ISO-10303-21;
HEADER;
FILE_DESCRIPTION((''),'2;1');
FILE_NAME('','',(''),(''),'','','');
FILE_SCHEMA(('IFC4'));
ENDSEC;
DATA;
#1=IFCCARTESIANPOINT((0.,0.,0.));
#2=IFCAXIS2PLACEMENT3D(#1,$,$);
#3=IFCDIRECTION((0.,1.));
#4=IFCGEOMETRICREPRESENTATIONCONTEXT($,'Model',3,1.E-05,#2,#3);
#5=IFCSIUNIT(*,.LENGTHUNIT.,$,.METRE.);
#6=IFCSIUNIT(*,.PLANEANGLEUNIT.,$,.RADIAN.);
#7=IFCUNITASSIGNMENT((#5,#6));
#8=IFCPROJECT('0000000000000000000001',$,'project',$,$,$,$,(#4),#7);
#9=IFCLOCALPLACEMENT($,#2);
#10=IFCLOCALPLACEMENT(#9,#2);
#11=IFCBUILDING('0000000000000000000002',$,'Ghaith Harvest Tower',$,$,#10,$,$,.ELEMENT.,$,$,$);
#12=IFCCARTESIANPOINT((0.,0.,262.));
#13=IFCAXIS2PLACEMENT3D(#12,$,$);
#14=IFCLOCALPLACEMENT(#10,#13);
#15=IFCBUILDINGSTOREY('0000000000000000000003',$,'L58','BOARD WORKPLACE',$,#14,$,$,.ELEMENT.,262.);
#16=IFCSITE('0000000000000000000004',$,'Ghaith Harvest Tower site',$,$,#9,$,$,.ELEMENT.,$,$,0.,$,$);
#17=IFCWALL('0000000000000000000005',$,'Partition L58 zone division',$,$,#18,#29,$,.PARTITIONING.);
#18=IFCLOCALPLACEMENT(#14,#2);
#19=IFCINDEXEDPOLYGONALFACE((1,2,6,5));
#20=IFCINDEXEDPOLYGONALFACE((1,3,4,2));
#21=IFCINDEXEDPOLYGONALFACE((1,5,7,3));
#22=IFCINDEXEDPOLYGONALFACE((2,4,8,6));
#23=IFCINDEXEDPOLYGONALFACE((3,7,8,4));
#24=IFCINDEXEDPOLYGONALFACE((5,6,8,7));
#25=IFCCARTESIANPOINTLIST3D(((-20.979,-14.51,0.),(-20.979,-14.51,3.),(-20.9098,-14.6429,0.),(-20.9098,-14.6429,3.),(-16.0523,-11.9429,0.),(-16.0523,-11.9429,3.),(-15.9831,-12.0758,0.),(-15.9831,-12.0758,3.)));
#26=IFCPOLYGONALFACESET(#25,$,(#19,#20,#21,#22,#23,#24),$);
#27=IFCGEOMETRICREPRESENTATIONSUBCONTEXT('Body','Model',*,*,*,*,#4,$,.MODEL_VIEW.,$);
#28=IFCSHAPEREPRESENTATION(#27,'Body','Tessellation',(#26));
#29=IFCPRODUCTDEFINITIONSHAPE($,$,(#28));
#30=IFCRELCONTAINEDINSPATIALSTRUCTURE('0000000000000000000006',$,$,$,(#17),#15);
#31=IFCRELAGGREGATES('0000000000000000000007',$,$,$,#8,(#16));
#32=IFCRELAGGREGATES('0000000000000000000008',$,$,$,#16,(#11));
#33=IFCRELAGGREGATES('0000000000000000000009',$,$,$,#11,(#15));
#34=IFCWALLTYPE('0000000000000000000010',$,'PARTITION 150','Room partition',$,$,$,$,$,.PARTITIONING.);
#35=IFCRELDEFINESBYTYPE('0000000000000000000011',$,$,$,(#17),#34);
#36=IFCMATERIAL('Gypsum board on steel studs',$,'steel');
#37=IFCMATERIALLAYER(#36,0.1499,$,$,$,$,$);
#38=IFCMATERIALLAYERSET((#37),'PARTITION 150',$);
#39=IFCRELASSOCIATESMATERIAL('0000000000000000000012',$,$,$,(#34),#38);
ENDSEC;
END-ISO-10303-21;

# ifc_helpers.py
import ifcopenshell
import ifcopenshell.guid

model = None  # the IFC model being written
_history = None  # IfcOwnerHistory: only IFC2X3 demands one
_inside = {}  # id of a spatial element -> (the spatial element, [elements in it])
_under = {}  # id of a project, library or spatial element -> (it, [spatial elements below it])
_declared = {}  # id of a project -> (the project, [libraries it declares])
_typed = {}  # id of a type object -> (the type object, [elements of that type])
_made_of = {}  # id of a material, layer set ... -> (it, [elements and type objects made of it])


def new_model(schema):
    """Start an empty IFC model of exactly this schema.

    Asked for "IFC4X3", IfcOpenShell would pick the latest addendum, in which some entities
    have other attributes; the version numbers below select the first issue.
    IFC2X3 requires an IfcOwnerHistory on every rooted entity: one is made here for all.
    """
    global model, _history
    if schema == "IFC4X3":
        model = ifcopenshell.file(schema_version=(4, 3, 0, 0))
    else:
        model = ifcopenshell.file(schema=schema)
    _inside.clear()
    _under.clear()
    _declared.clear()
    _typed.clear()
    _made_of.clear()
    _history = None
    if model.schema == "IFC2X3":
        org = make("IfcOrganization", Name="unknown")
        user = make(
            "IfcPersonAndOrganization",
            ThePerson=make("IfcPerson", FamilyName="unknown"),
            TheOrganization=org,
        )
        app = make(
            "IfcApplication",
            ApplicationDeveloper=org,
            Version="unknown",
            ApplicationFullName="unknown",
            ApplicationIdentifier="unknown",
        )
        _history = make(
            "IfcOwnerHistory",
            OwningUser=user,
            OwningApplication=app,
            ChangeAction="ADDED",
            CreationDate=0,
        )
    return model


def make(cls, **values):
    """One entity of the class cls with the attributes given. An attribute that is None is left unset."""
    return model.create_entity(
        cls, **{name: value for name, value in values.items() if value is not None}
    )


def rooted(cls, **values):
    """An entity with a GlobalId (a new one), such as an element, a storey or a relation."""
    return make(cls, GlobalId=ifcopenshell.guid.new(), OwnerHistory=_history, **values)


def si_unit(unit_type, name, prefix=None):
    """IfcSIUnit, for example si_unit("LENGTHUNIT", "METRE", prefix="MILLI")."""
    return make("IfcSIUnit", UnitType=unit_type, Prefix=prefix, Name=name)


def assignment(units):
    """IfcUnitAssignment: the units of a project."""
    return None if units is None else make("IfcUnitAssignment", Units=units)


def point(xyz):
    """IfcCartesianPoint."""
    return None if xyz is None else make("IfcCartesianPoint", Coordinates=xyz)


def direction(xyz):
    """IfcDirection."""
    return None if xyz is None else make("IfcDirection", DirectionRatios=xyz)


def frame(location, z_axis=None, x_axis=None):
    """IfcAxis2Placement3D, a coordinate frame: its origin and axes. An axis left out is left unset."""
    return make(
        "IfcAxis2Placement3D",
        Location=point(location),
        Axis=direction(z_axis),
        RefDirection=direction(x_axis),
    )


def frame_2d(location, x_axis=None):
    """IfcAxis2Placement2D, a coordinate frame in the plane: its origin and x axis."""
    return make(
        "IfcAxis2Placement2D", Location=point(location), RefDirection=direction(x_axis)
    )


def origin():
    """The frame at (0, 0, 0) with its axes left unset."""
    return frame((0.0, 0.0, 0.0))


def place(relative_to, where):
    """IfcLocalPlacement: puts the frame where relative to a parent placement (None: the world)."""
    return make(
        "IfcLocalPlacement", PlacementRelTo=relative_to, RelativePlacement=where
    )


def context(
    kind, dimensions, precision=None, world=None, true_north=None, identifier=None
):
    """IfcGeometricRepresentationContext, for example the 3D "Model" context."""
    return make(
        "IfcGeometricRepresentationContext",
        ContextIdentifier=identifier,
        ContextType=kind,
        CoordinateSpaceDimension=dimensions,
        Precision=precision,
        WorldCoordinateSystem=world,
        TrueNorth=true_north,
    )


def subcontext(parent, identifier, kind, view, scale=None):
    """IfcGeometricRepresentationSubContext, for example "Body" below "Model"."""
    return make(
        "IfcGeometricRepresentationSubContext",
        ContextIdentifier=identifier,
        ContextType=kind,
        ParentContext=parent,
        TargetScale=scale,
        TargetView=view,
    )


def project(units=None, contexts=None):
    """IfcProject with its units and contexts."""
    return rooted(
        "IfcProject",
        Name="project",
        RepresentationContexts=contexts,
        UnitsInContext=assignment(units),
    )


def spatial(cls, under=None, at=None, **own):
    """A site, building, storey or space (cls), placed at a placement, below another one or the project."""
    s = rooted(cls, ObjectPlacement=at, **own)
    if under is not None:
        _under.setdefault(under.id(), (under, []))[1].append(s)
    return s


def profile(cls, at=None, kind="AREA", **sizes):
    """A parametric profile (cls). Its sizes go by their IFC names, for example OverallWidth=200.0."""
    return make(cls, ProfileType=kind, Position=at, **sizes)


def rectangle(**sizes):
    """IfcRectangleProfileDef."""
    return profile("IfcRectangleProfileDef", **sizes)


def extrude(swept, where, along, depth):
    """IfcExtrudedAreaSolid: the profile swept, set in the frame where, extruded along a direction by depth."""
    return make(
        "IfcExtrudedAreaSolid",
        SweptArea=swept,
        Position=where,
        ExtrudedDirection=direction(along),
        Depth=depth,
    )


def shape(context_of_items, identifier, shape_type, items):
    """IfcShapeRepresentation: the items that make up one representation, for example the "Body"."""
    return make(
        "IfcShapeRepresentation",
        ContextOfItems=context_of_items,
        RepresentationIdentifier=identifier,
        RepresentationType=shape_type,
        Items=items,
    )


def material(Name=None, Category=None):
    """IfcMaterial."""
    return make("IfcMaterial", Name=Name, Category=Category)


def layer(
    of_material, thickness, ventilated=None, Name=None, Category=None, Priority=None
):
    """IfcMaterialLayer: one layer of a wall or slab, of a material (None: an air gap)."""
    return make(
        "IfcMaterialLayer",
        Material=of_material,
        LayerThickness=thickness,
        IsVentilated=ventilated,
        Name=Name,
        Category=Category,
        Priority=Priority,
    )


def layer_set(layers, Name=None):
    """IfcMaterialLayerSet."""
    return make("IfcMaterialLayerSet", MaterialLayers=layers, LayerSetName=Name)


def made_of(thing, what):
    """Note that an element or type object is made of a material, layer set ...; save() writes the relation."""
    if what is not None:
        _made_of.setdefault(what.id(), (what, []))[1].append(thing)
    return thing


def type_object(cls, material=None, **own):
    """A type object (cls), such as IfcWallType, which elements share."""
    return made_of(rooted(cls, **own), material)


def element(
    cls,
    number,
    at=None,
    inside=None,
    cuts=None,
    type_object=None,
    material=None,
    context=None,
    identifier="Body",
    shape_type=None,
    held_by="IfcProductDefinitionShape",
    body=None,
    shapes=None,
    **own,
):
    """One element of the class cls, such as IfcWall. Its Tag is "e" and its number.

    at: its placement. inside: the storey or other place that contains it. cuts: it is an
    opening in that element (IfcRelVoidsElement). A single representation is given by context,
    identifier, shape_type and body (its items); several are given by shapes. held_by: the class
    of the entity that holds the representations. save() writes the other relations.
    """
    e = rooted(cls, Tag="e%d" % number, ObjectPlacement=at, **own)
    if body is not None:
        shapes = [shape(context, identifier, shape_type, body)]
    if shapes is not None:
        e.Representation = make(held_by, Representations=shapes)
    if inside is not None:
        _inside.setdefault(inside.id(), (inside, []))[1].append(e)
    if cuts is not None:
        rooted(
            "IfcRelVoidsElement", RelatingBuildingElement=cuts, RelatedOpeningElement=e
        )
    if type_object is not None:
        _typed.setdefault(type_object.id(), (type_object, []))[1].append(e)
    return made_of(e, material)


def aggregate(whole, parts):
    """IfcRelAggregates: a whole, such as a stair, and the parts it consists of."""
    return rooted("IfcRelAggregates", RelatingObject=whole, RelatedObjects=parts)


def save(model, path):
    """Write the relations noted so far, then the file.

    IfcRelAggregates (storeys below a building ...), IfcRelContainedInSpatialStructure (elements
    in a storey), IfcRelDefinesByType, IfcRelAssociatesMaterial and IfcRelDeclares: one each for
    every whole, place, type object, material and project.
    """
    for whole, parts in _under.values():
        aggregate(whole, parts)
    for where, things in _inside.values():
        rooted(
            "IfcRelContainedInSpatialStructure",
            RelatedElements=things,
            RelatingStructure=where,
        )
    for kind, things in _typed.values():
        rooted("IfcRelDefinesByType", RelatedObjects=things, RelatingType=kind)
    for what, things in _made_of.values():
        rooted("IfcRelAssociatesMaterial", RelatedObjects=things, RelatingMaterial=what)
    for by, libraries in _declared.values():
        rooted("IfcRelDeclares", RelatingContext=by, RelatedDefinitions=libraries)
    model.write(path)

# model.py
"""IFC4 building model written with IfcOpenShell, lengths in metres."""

from ifc_helpers import new_model, si_unit, direction, frame, frame_2d, origin, place, context, subcontext, project, spatial, rectangle, extrude, material, layer, layer_set, type_object, element, save


model = new_model("IFC4")

# Units and contexts
model_context = context("Model", 3, precision=1e-05, world=origin(), true_north=direction((0.0, 1.0)))
body_context = subcontext(model_context, "Body", "Model", "MODEL_VIEW")
ifc_project = project(units=[si_unit("LENGTHUNIT", "METRE"), si_unit("PLANEANGLEUNIT", "RADIAN")], contexts=[model_context])

# Site, building, storey
site_placement = place(None, origin())
site = spatial("IfcSite", under=ifc_project, at=site_placement, Name="Ghaith Harvest Tower site", CompositionType="ELEMENT", RefElevation=0.0)
building_placement = place(site_placement, origin())
building = spatial("IfcBuilding", under=site, at=building_placement, Name="Ghaith Harvest Tower", CompositionType="ELEMENT")
storey_placement = place(building_placement, frame((0.0, 0.0, 262.0)))
storey = spatial("IfcBuildingStorey", under=building, at=storey_placement, Name="L58", Description="BOARD WORKPLACE", CompositionType="ELEMENT", Elevation=262.0)

# Shared definitions
ifc_material_1 = material(Name="Gypsum board on steel studs", Category="steel")
ifc_layer_1 = layer(ifc_material_1, 0.1499)
ifc_layer_set_1 = layer_set([ifc_layer_1], Name="PARTITION 150")
wall_type_1 = type_object("IfcWallType", Name="PARTITION 150", Description="Room partition", PredefinedType="PARTITIONING", material=ifc_layer_set_1)

# Wall
wall_1_placement = place(storey_placement, frame((-16.0176, -12.0093, 0.0), z_axis=(0.0, 0.0, 1.0), x_axis=(-0.886832, -0.462093, 0.0)))
element("IfcWall", 1, at=wall_1_placement, inside=storey, type_object=wall_type_1, Name="Partition L58 zone division", PredefinedType="PARTITIONING", context=body_context, shape_type="SweptSolid", body=[
    extrude(rectangle(XDim=5.5554, YDim=0.1499, at=frame_2d((2.7778, 0.0))), origin(), (0.0, 0.0, 1.0), 3.0),
])

save(model, "model.ifc")
